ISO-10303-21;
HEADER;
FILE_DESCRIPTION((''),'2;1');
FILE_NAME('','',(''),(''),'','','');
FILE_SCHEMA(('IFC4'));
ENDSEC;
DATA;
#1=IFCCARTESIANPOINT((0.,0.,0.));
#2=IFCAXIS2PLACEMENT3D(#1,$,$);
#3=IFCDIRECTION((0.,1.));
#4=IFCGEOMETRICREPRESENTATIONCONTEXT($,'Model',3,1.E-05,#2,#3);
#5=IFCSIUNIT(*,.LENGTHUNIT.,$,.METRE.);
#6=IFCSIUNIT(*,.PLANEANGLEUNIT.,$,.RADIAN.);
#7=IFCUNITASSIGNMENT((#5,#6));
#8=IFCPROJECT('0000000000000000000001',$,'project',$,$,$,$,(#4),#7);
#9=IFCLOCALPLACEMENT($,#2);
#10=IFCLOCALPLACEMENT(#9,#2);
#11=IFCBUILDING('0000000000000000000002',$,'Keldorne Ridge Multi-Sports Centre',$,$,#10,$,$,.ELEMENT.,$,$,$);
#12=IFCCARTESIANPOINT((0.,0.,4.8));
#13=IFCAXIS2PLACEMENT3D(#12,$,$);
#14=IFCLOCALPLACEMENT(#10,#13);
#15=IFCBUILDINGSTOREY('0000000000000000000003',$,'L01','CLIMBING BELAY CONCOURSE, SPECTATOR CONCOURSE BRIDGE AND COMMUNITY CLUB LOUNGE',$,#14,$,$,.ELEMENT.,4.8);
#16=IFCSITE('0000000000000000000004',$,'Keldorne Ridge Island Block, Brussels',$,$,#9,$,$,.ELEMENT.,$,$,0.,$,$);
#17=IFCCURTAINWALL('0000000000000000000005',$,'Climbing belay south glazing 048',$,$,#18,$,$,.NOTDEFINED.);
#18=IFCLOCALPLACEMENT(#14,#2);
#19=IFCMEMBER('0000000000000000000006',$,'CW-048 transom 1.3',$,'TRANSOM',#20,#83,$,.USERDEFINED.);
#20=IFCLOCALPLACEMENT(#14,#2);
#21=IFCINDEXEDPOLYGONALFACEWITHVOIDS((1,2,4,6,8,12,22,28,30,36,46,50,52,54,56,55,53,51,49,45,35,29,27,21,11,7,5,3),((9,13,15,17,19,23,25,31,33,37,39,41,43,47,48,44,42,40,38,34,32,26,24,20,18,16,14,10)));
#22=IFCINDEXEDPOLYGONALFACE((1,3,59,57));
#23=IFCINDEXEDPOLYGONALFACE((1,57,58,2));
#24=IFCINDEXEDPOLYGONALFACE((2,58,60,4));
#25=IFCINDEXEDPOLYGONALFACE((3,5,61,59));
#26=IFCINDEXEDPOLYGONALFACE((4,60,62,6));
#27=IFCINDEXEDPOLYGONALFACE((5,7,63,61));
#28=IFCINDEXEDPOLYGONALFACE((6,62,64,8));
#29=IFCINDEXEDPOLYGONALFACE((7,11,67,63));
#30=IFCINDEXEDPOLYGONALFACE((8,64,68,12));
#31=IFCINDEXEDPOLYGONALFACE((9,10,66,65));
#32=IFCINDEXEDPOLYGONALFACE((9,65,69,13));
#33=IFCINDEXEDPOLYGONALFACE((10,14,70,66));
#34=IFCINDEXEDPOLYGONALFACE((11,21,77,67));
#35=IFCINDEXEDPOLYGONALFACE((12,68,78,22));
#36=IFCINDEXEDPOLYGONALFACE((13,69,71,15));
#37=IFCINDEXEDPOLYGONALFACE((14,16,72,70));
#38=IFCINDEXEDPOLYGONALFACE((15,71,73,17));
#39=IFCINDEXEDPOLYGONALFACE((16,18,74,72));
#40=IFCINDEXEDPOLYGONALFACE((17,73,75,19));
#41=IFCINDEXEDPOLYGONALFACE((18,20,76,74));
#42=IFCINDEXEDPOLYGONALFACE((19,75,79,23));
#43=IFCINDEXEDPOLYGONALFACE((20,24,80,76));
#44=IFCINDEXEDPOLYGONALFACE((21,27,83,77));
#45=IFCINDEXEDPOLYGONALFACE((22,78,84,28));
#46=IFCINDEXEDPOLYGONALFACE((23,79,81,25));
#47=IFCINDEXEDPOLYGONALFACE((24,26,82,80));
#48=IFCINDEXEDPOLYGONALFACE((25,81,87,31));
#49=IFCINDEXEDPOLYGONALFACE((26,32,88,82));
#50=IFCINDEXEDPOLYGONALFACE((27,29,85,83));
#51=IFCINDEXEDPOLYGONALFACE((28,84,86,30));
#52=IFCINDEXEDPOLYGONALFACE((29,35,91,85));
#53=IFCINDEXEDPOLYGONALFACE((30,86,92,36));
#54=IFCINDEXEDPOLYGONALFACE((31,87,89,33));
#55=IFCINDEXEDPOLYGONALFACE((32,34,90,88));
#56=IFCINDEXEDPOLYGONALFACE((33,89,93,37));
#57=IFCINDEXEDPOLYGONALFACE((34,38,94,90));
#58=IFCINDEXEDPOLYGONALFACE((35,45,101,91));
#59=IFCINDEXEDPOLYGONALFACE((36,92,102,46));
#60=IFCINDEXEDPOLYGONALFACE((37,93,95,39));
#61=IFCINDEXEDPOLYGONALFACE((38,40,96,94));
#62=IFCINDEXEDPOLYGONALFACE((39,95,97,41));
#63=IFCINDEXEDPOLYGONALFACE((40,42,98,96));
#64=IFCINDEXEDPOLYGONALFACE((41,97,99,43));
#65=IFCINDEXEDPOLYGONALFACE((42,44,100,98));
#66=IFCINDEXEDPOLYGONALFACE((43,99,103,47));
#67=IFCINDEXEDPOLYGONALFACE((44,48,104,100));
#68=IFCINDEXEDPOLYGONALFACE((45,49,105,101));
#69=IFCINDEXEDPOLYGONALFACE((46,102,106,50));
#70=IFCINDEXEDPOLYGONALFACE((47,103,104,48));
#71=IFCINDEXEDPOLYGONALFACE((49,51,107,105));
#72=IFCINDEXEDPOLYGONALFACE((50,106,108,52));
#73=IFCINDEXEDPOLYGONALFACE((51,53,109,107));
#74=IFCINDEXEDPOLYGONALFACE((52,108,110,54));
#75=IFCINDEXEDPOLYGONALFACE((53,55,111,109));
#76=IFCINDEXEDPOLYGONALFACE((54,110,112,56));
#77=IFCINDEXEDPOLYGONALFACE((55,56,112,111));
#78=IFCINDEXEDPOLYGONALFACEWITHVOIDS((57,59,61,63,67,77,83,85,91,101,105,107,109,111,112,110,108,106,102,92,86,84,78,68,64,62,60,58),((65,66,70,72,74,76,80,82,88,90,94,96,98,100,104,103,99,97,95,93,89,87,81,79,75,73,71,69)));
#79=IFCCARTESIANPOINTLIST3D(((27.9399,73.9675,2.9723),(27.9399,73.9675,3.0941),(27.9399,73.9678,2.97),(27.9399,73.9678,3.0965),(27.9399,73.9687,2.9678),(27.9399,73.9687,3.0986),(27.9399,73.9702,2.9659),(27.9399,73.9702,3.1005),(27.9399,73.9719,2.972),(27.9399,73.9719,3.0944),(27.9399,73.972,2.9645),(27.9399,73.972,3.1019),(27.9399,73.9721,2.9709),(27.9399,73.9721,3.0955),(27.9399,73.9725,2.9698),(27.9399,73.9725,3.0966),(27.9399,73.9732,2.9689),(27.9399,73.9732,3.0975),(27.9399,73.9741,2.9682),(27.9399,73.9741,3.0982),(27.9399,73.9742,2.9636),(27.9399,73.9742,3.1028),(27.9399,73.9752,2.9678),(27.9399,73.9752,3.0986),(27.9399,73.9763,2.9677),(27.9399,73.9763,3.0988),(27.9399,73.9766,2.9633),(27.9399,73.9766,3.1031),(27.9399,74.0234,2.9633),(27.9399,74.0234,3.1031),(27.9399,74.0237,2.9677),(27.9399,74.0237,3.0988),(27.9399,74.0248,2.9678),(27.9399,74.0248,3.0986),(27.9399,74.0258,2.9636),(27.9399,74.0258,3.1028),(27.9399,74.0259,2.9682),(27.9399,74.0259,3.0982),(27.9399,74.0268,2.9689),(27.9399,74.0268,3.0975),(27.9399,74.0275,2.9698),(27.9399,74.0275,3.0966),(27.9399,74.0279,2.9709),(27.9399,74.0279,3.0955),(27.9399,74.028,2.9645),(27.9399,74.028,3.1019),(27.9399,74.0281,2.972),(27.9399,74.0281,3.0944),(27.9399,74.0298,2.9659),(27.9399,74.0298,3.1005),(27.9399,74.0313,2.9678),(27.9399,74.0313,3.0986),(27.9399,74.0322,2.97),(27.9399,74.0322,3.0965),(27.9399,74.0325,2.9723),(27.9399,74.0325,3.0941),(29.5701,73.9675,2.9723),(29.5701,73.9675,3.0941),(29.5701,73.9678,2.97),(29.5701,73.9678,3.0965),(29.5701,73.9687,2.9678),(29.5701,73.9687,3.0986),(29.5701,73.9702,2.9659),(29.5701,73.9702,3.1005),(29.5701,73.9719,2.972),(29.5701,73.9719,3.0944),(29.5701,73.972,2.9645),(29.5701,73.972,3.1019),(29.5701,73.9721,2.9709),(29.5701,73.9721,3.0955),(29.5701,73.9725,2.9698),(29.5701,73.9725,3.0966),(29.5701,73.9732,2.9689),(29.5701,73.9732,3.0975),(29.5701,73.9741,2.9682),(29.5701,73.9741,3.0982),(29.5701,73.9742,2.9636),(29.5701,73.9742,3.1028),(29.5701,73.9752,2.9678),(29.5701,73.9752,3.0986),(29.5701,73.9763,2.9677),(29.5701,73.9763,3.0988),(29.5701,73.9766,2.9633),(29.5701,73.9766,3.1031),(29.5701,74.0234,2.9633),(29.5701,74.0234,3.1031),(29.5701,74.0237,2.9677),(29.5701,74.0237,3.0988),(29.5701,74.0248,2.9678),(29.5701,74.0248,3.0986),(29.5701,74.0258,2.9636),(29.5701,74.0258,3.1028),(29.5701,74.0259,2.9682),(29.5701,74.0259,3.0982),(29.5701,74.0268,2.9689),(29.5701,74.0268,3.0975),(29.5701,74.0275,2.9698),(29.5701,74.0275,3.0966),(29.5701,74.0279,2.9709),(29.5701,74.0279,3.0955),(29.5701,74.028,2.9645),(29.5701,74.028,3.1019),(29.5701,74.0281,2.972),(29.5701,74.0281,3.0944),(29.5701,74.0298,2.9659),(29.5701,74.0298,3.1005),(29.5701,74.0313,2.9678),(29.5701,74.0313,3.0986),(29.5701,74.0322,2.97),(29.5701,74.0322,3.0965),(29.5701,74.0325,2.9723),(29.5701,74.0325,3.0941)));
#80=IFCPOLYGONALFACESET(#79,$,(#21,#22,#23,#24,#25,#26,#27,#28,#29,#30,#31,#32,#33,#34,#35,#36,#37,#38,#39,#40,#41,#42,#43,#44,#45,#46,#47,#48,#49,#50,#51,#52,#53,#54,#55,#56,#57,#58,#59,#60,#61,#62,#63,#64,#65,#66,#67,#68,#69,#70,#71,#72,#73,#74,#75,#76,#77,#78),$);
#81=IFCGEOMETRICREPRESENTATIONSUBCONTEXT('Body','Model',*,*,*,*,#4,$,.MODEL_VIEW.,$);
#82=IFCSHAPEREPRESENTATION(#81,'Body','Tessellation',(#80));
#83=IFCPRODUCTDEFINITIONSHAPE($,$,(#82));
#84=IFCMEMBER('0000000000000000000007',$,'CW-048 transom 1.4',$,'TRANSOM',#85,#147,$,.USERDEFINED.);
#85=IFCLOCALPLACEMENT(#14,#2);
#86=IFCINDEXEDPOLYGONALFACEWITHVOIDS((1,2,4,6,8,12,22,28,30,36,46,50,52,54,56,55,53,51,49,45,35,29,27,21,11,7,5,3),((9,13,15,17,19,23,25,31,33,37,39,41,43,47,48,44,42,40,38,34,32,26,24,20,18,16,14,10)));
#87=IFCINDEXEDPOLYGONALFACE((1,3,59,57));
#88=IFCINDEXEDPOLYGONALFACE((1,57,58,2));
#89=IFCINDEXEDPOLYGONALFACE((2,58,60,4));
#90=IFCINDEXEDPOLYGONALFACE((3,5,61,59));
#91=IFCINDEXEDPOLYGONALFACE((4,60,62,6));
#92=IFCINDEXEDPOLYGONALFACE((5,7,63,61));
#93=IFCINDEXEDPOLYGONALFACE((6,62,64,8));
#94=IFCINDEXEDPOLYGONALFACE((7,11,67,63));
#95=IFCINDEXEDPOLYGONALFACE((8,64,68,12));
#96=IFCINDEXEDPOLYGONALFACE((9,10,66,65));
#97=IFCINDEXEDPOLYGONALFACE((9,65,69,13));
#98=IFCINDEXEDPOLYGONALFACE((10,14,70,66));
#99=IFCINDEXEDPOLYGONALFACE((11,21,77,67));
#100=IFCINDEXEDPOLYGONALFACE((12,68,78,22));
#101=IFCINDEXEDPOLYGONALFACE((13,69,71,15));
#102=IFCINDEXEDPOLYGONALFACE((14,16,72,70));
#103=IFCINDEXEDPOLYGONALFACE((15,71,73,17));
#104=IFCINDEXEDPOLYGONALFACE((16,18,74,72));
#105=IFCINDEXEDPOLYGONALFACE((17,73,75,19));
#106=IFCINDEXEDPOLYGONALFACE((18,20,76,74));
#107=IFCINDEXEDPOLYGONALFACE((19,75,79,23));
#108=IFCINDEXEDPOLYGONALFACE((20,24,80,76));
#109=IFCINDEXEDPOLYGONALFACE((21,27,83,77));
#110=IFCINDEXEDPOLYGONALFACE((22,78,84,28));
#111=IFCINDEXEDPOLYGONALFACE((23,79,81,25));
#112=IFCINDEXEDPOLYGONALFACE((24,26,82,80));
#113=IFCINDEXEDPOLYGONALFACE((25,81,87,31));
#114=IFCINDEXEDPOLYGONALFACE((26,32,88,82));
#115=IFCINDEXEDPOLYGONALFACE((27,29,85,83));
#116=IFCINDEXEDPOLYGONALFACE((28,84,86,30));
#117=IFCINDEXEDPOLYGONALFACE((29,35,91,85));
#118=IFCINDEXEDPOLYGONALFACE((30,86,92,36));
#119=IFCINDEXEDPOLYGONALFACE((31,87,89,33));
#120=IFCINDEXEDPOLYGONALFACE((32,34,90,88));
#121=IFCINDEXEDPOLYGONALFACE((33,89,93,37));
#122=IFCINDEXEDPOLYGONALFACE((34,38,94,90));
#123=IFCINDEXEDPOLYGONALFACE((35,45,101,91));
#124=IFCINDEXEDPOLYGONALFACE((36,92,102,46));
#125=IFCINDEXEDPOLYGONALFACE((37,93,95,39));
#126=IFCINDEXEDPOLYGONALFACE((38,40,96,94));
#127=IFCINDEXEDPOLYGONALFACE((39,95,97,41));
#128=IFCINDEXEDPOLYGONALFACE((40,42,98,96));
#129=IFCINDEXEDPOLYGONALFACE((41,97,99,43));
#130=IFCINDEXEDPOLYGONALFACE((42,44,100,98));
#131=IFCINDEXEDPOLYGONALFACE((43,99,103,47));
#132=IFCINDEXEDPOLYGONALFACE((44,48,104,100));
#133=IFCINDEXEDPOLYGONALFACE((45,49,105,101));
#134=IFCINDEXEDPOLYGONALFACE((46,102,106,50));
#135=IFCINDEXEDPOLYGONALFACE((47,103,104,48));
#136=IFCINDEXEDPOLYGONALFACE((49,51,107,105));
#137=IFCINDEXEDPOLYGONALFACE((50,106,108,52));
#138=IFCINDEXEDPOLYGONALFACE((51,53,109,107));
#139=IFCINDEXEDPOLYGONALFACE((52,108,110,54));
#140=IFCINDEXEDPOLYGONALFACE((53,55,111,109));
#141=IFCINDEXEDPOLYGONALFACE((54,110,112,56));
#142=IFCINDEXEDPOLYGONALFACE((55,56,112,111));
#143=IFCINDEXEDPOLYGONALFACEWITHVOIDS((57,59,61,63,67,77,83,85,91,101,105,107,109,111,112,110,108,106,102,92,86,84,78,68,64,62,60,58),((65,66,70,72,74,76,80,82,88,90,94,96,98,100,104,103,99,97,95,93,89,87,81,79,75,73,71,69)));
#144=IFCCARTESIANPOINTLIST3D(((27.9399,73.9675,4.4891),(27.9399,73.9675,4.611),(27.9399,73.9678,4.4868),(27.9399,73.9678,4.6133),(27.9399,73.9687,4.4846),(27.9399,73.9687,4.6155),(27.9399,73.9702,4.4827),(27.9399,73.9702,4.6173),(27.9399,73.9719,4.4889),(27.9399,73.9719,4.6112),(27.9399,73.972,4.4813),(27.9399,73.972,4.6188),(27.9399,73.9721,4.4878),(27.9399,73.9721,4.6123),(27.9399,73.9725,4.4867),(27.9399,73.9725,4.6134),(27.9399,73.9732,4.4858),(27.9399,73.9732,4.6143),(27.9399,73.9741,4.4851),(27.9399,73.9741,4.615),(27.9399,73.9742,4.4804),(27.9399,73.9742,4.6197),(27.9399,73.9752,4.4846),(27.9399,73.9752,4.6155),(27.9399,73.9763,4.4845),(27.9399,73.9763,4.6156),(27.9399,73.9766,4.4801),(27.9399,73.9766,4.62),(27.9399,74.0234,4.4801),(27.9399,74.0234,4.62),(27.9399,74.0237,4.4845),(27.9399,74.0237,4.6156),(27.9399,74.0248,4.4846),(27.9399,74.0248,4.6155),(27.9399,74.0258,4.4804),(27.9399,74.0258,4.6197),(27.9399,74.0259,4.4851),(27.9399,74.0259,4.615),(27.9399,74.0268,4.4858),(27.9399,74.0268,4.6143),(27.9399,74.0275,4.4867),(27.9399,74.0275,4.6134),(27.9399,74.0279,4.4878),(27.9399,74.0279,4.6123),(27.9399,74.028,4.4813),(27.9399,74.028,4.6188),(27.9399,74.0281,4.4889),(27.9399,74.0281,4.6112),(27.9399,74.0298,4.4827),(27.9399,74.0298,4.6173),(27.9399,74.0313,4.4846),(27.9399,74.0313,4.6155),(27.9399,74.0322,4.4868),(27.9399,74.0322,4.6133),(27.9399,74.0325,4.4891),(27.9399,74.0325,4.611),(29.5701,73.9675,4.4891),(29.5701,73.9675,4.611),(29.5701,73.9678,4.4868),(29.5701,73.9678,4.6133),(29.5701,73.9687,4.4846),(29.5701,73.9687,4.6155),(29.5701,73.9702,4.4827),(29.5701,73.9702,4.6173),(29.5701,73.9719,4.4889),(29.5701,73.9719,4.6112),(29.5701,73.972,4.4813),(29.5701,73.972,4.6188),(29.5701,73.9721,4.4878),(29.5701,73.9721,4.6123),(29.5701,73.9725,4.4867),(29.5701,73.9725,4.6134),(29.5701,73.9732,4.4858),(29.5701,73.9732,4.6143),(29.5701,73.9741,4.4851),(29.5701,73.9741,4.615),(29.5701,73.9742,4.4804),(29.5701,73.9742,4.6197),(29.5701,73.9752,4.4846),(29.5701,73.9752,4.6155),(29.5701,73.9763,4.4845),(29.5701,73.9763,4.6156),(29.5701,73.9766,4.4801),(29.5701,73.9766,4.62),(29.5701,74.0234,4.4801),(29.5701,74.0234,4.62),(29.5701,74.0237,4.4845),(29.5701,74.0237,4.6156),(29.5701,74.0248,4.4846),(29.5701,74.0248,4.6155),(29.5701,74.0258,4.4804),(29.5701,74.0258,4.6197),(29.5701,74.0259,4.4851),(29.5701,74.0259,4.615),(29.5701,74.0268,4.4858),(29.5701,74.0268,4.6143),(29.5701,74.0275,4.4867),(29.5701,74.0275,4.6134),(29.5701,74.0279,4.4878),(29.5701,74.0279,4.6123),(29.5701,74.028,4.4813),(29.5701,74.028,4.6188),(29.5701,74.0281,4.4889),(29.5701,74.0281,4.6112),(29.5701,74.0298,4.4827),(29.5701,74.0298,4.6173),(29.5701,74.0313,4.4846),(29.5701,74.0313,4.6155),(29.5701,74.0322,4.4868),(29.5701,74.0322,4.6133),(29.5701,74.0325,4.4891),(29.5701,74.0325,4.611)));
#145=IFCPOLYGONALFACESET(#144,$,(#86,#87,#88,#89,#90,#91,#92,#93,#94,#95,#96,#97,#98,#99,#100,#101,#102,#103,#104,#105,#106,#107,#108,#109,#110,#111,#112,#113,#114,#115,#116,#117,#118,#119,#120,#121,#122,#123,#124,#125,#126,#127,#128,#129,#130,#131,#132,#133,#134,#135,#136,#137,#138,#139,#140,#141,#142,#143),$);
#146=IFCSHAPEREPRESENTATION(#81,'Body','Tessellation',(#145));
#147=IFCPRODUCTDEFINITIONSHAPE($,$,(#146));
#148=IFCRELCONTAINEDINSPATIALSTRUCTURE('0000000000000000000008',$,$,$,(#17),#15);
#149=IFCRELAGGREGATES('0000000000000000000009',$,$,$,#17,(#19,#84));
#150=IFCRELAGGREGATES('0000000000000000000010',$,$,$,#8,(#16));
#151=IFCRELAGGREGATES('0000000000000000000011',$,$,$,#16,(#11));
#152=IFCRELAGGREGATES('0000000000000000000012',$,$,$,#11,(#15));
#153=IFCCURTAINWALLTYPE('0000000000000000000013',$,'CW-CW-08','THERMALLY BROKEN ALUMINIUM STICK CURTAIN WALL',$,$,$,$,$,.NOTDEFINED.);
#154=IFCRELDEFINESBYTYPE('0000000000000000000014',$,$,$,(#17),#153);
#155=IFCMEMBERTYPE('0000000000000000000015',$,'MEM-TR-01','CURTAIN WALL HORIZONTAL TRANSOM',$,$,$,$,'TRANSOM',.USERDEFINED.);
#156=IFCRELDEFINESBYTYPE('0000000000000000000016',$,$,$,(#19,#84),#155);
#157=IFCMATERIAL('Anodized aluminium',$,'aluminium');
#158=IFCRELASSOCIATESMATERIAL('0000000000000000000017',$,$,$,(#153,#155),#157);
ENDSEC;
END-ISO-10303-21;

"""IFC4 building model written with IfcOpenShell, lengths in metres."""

from ifc_helpers import new_model, si_unit, direction, frame, origin, origin_2d, place, context, subcontext, project, spatial, hollow_rectangle, extrude, material, material_profile, profile_set, type_object, element, aggregate, save


model = new_model("IFC4")

# Units and contexts
model_context = context("Model", 3, precision=1e-05, world=origin(), true_north=direction((0.0, 1.0)))
body_context = subcontext(model_context, "Body", "Model", "MODEL_VIEW")
ifc_project = project(units=[si_unit("LENGTHUNIT", "METRE"), si_unit("PLANEANGLEUNIT", "RADIAN")], contexts=[model_context])

# Site, building, storey
site_placement = place(None, origin())
site = spatial("IfcSite", under=ifc_project, at=site_placement, Name="Keldorne Ridge Island Block, Brussels", CompositionType="ELEMENT", RefElevation=0.0)
building_placement = place(site_placement, origin())
building = spatial("IfcBuilding", under=site, at=building_placement, Name="Keldorne Ridge Multi-Sports Centre", CompositionType="ELEMENT")
storey_placement = place(building_placement, frame((0.0, 0.0, 4.8)))
storey = spatial("IfcBuildingStorey", under=building, at=storey_placement, Name="L01", Description="CLIMBING BELAY CONCOURSE, SPECTATOR CONCOURSE BRIDGE AND COMMUNITY CLUB LOUNGE", CompositionType="ELEMENT", Elevation=4.8)

# Curtain wall
ifc_material_1 = material(Name="Anodized aluminium", Category="aluminium")
curtain_wall_type_1 = type_object("IfcCurtainWallType", Name="CW-CW-08", Description="THERMALLY BROKEN ALUMINIUM STICK CURTAIN WALL", PredefinedType="NOTDEFINED", material=ifc_material_1)
curtain_wall_1_placement = place(storey_placement, origin())
curtain_wall_1 = element("IfcCurtainWall", 1, at=curtain_wall_1_placement, inside=storey, type_object=curtain_wall_type_1, Name="Climbing belay south glazing 048", PredefinedType="NOTDEFINED")

# Members
ifc_material_profile_1 = material_profile(ifc_material_1, hollow_rectangle(XDim=0.0649, YDim=0.1399, WallThickness=0.0044, InnerFilletRadius=0.0044, OuterFilletRadius=0.009, at=origin_2d()), Name="ALU TRANSOM 140x65x4.5")
ifc_profile_set_1 = profile_set([ifc_material_profile_1], Name="Anodized aluminium")
member_type_1 = type_object("IfcMemberType", Name="MEM-TR-01", Description="CURTAIN WALL HORIZONTAL TRANSOM", ElementType="TRANSOM", PredefinedType="USERDEFINED", material=ifc_profile_set_1)
member_1_placement = place(storey_placement, frame((27.9399, 74.0, 3.0332), z_axis=(1.0, 0.0, 0.0), x_axis=(0.0, 1.0, 0.0)))
member_1 = element("IfcMember", 2, at=member_1_placement, type_object=member_type_1, Name="CW-048 transom 1.3", ObjectType="TRANSOM", PredefinedType="USERDEFINED", context=body_context, shape_type="SweptSolid", body=[
    extrude(hollow_rectangle(XDim=0.0649, YDim=0.1399, WallThickness=0.0044, InnerFilletRadius=0.0044, OuterFilletRadius=0.009, at=origin_2d()), origin(), (0.0, 0.0, 1.0), 1.6301),
])
member_2_placement = place(storey_placement, frame((27.9399, 74.0, 4.55), z_axis=(1.0, 0.0, 0.0), x_axis=(0.0, 1.0, 0.0)))
member_2 = element("IfcMember", 3, at=member_2_placement, type_object=member_type_1, Name="CW-048 transom 1.4", ObjectType="TRANSOM", PredefinedType="USERDEFINED", context=body_context, shape_type="SweptSolid", body=[
    extrude(hollow_rectangle(XDim=0.0649, YDim=0.1399, WallThickness=0.0044, InnerFilletRadius=0.0044, OuterFilletRadius=0.009, at=origin_2d()), origin(), (0.0, 0.0, 1.0), 1.6301),
])

aggregate(curtain_wall_1, [member_1, member_2])

save(model, "model.ifc")
